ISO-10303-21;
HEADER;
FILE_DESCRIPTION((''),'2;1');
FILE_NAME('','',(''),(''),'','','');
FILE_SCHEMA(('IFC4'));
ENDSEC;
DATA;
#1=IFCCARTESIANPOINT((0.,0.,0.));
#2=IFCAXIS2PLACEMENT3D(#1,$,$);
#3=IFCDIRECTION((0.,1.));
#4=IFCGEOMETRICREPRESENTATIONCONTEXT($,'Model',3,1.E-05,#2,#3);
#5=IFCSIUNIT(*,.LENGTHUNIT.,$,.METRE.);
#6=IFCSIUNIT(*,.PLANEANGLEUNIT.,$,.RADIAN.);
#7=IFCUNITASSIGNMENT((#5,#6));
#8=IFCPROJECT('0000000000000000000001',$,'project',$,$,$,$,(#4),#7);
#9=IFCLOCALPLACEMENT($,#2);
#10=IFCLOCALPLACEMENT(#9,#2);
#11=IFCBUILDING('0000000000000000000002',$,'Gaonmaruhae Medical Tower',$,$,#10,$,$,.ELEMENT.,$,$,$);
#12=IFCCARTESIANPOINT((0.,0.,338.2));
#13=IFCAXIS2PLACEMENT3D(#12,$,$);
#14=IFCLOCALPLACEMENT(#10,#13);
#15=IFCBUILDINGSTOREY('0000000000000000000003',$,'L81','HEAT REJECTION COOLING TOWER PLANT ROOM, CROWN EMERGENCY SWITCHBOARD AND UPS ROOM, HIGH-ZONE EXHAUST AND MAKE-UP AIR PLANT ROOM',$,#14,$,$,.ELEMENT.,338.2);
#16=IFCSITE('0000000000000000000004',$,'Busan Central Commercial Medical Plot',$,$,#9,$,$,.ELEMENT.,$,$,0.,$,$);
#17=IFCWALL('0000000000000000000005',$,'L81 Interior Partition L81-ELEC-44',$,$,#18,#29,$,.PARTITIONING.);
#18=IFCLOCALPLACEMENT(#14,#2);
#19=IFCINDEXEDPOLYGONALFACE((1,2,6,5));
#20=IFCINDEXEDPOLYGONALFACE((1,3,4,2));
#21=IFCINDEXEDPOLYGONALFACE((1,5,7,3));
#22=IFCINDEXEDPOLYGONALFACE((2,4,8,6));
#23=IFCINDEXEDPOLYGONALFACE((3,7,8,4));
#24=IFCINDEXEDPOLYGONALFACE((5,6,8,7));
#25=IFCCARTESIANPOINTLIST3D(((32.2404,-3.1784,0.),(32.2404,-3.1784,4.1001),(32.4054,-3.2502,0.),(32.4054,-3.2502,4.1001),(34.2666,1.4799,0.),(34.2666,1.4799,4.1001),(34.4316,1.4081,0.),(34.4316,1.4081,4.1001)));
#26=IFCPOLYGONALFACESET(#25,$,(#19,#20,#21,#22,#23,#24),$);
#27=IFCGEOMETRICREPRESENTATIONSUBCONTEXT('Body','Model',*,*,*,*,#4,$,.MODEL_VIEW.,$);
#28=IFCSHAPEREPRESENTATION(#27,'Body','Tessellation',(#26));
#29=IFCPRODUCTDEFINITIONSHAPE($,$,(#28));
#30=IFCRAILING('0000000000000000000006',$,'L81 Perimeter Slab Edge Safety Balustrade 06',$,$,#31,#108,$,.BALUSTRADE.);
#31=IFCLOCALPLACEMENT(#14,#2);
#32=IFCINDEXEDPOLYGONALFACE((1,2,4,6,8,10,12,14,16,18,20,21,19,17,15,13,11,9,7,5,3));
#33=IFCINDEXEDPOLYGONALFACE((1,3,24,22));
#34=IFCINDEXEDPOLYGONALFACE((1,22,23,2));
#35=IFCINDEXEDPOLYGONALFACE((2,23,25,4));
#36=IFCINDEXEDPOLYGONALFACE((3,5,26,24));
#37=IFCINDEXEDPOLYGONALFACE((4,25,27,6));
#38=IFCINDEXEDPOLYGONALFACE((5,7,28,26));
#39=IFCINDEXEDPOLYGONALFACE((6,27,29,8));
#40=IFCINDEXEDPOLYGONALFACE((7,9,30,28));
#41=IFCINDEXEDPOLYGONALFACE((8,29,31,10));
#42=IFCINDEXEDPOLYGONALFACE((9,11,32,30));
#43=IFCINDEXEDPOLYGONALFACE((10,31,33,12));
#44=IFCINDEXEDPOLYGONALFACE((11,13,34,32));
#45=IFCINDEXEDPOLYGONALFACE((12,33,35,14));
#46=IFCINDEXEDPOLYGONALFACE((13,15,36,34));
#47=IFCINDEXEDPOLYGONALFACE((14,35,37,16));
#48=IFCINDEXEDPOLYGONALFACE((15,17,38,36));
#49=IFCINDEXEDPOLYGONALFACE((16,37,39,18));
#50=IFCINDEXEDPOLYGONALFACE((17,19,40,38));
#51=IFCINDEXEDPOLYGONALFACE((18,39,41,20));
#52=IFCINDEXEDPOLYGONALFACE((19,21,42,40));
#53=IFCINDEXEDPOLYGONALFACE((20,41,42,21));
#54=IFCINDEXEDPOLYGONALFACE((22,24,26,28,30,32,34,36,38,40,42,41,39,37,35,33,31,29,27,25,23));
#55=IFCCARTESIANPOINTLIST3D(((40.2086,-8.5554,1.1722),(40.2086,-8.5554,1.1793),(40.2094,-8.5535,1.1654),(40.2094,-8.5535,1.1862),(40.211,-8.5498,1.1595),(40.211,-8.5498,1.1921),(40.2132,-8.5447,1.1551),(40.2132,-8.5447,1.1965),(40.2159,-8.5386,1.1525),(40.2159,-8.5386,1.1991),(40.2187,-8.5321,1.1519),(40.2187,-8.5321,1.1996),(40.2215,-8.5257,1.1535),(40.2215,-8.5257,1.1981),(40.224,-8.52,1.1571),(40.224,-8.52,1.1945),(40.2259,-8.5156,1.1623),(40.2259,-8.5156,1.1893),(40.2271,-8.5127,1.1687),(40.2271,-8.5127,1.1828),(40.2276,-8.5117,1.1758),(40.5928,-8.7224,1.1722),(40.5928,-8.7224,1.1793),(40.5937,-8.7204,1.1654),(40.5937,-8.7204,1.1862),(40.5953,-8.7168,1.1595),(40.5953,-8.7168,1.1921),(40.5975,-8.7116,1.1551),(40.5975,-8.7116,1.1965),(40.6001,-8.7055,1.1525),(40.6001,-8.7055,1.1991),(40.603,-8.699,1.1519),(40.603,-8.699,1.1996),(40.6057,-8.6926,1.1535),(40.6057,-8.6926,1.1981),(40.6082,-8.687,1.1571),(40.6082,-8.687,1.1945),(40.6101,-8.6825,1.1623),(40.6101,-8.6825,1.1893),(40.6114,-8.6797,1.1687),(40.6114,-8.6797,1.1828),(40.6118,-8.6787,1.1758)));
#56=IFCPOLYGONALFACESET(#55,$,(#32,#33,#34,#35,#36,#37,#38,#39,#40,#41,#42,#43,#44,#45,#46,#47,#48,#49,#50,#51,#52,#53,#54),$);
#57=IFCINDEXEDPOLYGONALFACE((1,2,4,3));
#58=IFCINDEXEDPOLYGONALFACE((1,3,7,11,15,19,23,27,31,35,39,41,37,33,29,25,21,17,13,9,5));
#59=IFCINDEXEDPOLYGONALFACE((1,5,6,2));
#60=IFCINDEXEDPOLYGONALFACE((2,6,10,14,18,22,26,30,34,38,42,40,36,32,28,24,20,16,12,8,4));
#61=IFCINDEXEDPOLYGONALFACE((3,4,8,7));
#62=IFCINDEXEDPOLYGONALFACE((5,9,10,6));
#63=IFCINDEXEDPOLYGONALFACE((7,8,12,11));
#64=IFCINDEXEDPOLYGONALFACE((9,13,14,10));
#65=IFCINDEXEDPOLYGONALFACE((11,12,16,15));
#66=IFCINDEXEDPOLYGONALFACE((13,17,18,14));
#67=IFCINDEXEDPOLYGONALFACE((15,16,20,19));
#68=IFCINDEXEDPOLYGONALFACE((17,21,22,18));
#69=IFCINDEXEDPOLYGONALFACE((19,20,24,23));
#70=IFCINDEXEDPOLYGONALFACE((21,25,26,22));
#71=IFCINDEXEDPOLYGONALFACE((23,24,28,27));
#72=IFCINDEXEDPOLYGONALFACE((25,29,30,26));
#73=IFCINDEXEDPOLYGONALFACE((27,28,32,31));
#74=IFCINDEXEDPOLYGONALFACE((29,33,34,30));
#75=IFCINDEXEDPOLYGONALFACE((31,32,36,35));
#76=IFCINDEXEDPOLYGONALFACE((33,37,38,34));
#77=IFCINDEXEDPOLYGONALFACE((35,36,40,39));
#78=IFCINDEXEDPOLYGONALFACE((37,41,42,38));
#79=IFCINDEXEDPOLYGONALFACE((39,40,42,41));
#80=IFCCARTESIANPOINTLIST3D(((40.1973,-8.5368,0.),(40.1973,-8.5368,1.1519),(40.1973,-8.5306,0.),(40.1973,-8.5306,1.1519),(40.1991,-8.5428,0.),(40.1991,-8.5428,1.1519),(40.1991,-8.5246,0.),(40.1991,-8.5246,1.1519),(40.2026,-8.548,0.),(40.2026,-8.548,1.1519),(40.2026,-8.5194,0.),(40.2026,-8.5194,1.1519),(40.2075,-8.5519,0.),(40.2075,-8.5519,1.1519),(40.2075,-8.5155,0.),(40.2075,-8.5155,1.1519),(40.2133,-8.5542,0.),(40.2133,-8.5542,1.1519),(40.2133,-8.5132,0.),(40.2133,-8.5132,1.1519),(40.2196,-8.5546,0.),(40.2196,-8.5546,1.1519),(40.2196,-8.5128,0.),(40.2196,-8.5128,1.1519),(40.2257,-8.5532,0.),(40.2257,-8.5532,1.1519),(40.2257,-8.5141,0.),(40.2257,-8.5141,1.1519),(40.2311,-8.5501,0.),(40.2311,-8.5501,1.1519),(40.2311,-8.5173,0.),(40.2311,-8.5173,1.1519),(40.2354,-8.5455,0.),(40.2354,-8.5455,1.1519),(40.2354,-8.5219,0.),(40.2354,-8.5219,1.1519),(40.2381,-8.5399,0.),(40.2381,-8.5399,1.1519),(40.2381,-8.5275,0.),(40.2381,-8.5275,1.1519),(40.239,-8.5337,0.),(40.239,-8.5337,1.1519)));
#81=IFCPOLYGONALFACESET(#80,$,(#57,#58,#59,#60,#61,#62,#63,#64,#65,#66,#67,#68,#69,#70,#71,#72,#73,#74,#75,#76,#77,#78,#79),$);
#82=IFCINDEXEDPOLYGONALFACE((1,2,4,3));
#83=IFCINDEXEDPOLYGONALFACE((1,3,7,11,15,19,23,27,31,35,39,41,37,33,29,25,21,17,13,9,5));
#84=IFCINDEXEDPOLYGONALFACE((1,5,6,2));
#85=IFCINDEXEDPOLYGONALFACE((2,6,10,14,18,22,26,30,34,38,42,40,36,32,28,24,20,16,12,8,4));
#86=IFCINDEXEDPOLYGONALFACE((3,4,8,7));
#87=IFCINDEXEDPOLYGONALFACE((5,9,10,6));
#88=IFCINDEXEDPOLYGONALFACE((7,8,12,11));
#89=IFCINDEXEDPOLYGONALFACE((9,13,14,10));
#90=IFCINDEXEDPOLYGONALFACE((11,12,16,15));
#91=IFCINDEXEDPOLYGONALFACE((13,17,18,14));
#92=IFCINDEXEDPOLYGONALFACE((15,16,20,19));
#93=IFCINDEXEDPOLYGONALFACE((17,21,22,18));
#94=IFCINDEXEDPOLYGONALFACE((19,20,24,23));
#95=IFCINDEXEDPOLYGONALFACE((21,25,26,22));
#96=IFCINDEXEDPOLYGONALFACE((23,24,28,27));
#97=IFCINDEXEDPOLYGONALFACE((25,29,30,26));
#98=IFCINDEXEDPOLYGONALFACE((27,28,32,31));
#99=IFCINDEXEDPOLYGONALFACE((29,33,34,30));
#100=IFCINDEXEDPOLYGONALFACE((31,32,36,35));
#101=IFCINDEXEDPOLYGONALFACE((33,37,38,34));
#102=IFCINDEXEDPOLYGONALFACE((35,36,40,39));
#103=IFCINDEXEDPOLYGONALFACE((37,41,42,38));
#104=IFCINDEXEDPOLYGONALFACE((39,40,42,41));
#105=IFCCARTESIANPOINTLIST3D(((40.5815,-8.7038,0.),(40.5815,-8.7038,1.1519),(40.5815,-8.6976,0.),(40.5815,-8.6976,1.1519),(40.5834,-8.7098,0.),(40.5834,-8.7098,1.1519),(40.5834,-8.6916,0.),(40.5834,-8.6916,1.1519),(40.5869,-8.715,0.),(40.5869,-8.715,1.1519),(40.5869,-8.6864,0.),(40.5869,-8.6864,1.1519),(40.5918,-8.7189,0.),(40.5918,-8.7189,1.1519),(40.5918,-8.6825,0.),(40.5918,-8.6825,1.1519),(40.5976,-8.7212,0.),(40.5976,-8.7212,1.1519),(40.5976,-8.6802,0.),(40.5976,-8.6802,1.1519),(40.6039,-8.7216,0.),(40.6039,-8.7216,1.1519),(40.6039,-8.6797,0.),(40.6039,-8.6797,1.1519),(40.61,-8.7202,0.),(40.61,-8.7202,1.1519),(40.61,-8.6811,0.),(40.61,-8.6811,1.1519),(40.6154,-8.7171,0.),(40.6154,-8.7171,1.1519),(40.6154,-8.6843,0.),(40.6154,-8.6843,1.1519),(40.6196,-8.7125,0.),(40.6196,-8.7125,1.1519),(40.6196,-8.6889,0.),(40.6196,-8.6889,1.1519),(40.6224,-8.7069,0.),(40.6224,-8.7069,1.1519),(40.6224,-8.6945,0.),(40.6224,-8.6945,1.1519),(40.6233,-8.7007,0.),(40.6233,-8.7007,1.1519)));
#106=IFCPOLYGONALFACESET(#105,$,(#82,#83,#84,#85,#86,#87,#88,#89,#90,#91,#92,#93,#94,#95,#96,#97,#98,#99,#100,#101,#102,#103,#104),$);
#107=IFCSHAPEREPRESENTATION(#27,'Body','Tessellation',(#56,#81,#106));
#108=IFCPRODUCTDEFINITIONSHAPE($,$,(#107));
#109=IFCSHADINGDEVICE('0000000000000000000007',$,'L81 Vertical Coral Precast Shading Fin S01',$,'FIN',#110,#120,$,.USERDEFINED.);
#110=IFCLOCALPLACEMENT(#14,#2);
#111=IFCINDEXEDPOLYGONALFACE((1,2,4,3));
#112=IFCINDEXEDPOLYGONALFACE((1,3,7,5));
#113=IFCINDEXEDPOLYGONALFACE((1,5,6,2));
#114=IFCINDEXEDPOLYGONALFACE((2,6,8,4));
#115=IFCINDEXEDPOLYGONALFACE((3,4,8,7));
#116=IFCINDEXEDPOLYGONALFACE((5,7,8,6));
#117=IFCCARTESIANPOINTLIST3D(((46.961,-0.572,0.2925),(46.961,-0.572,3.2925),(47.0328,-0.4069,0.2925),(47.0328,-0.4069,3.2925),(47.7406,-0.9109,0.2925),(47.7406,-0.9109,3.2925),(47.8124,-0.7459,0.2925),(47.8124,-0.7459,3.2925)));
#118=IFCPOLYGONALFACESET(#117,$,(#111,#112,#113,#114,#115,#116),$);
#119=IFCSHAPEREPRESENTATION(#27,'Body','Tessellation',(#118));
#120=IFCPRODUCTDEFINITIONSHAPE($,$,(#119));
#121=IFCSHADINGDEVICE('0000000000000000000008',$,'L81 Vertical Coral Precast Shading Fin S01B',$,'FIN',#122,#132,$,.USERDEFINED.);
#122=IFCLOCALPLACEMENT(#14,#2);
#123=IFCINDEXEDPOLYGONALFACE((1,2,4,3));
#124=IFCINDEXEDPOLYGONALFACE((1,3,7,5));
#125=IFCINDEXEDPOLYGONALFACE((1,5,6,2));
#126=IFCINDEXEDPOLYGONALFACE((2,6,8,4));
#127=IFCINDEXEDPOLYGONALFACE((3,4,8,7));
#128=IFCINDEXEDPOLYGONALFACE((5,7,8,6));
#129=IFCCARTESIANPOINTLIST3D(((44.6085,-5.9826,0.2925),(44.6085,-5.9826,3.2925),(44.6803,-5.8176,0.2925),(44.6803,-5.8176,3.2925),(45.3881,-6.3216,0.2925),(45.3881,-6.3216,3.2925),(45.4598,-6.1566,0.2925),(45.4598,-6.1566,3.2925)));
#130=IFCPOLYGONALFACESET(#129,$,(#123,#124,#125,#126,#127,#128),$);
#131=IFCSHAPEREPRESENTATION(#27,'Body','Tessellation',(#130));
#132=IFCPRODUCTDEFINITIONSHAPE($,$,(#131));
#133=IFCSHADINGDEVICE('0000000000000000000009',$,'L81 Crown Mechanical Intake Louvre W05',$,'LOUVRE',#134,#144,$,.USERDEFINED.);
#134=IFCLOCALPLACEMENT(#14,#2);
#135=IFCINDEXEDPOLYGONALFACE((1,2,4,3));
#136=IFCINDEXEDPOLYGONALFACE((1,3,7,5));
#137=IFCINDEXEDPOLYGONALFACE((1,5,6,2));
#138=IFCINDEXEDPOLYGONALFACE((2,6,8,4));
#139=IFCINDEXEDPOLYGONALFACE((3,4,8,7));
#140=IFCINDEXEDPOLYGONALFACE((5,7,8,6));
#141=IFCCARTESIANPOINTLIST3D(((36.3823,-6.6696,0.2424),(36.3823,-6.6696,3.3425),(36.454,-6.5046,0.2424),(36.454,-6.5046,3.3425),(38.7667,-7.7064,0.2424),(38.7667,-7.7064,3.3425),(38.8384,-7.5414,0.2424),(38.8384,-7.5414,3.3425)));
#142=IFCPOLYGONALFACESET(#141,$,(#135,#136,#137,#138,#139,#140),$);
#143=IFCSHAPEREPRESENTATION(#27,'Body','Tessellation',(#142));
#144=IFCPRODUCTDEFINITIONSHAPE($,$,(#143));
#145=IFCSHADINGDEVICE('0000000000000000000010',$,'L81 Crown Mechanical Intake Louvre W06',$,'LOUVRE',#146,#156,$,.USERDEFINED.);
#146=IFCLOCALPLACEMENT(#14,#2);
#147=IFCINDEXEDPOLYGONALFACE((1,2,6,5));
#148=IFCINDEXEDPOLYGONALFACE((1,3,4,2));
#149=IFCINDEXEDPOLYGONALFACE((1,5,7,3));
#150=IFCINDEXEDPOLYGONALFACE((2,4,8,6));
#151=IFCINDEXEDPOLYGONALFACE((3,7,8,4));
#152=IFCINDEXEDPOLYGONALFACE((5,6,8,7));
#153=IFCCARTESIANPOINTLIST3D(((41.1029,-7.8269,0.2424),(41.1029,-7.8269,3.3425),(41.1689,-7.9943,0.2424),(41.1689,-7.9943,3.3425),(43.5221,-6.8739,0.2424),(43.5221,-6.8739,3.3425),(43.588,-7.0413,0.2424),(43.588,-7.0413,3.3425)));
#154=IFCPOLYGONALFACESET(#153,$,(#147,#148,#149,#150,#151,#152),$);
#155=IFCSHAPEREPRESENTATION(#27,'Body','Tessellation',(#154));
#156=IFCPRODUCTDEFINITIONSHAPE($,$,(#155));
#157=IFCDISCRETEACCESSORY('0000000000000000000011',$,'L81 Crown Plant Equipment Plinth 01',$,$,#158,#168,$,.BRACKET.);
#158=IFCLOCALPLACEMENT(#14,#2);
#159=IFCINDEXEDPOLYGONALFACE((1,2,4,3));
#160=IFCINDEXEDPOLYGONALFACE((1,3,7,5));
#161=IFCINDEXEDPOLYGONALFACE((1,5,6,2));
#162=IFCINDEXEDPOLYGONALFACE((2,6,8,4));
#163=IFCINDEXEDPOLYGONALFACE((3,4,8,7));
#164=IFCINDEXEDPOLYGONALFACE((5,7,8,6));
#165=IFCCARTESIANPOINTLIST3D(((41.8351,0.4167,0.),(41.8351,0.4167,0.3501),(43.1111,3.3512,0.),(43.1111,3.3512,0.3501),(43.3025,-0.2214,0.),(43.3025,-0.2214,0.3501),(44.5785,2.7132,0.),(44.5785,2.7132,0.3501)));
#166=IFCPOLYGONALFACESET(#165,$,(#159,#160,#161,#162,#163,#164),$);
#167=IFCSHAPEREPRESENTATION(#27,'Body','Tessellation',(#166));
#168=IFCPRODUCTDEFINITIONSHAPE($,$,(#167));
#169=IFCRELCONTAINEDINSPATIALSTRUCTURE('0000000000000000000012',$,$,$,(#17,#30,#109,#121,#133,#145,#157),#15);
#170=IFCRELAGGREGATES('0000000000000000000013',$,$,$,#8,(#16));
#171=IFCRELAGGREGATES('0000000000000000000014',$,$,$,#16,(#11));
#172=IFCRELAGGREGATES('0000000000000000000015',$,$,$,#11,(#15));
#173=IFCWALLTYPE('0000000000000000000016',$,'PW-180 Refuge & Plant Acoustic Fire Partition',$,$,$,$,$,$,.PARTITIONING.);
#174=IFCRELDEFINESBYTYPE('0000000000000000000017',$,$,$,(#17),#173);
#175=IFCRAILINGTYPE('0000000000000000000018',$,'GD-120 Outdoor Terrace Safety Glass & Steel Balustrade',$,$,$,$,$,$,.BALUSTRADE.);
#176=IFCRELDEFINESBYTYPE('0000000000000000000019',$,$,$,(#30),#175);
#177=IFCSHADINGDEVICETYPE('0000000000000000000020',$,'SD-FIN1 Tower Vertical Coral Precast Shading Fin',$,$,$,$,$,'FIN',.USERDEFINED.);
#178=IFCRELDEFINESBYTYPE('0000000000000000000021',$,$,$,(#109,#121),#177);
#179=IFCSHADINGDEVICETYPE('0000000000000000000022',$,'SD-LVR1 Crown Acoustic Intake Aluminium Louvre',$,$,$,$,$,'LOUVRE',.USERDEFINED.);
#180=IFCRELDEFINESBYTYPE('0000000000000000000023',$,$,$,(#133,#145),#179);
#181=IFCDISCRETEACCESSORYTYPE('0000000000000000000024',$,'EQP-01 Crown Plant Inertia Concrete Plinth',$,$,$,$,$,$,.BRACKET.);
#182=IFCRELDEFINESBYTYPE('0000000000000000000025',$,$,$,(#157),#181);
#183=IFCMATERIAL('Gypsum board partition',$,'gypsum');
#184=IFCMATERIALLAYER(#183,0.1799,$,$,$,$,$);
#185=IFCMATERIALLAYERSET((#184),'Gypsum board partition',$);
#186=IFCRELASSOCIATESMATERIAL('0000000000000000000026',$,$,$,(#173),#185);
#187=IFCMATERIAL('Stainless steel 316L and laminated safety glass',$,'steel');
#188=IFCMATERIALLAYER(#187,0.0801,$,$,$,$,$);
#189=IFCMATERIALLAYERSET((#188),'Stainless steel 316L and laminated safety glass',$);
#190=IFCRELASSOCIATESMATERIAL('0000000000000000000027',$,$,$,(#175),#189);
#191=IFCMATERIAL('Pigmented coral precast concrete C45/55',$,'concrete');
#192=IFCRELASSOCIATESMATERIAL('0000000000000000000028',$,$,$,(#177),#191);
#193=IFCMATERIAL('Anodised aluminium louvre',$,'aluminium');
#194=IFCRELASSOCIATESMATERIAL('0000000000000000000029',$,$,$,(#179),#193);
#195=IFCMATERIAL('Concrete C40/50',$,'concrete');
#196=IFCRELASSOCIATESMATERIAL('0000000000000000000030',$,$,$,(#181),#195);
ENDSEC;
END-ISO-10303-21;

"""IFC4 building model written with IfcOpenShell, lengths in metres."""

from ifc_helpers import new_model, si_unit, direction, frame, frame_2d, origin, origin_2d, place, context, subcontext, project, spatial, rectangle, circle, extrude, material, layer, layer_set, type_object, element, save


model = new_model("IFC4")

# Units and contexts
model_context = context("Model", 3, precision=1e-05, world=origin(), true_north=direction((0.0, 1.0)))
body_context = subcontext(model_context, "Body", "Model", "MODEL_VIEW")
ifc_project = project(units=[si_unit("LENGTHUNIT", "METRE"), si_unit("PLANEANGLEUNIT", "RADIAN")], contexts=[model_context])

# Site, building, storey
site_placement = place(None, origin())
site = spatial("IfcSite", under=ifc_project, at=site_placement, Name="Busan Central Commercial Medical Plot", CompositionType="ELEMENT", RefElevation=0.0)
building_placement = place(site_placement, origin())
building = spatial("IfcBuilding", under=site, at=building_placement, Name="Gaonmaruhae Medical Tower", CompositionType="ELEMENT")
storey_placement = place(building_placement, frame((0.0, 0.0, 338.2)))
storey = spatial("IfcBuildingStorey", under=building, at=storey_placement, Name="L81", Description="HEAT REJECTION COOLING TOWER PLANT ROOM, CROWN EMERGENCY SWITCHBOARD AND UPS ROOM, HIGH-ZONE EXHAUST AND MAKE-UP AIR PLANT ROOM", CompositionType="ELEMENT", Elevation=338.2)

# Shared definitions
ifc_material_1 = material(Name="Gypsum board partition", Category="gypsum")
ifc_layer_1 = layer(ifc_material_1, 0.1799)
ifc_layer_set_1 = layer_set([ifc_layer_1], Name="Gypsum board partition")
wall_type_1 = type_object("IfcWallType", Name="PW-180 Refuge & Plant Acoustic Fire Partition", PredefinedType="PARTITIONING", material=ifc_layer_set_1)

# Wall
wall_1_placement = place(storey_placement, frame((34.3491, 1.4441, 0.0), z_axis=(0.0, 0.0, 1.0), x_axis=(-0.398861, -0.917011, 0.0)))
element("IfcWall", 1, at=wall_1_placement, inside=storey, type_object=wall_type_1, Name="L81 Interior Partition L81-ELEC-44", PredefinedType="PARTITIONING", context=body_context, shape_type="SweptSolid", body=[
    extrude(rectangle(XDim=5.0798, YDim=0.1799, at=frame_2d((2.54, 0.0))), origin(), (0.0, 0.0, 1.0), 4.1001),
])

# Railing
ifc_material_2 = material(Name="Stainless steel 316L and laminated safety glass", Category="steel")
ifc_layer_2 = layer(ifc_material_2, 0.0801)
ifc_layer_set_2 = layer_set([ifc_layer_2], Name="Stainless steel 316L and laminated safety glass")
railing_type = type_object("IfcRailingType", Name="GD-120 Outdoor Terrace Safety Glass & Steel Balustrade", PredefinedType="BALUSTRADE", material=ifc_layer_set_2)
railing_placement = place(storey_placement, frame((40.218, -8.5337, 0.0)))
element("IfcRailing", 2, at=railing_placement, inside=storey, type_object=railing_type, Name="L81 Perimeter Slab Edge Safety Balustrade 06", PredefinedType="BALUSTRADE", context=body_context, shape_type="SweptSolid", body=[
    extrude(circle(Radius=0.0239, at=origin_2d()), frame((0.0, 0.0, 1.1758), z_axis=(0.917144, -0.398556, 0.0), x_axis=(0.398556, 0.917144, 0.0)), (0.0, 0.0, 1.0), 0.4189),
    extrude(circle(Radius=0.021, at=origin_2d()), origin(), (0.0, 0.0, 1.0), 1.1519),
    extrude(circle(Radius=0.021, at=origin_2d()), frame((0.3843, -0.167, 0.0)), (0.0, 0.0, 1.0), 1.1519),
])

# Shading devices
ifc_material_3 = material(Name="Pigmented coral precast concrete C45/55", Category="concrete")
shading_device_type_1 = type_object("IfcShadingDeviceType", Name="SD-FIN1 Tower Vertical Coral Precast Shading Fin", ElementType="FIN", PredefinedType="USERDEFINED", material=ifc_material_3)
for number, where, z_axis, x_axis, name in (
    (3, (47.3867, -0.6589, 0.2925), (0.0, 0.0, 1.0), (-0.398749, -0.91706, 0.0), "L81 Vertical Coral Precast Shading Fin S01"),
    (4, (45.0342, -6.0696, 0.2925), (0.0, 0.0, 1.0), (-0.398749, -0.91706, 0.0), "L81 Vertical Coral Precast Shading Fin S01B"),
):
    element("IfcShadingDevice", number, at=place(storey_placement, frame(where, z_axis=z_axis, x_axis=x_axis)), inside=storey, type_object=shading_device_type_1, Name=name, ObjectType="FIN", PredefinedType="USERDEFINED", context=body_context, shape_type="SweptSolid", body=[
        extrude(rectangle(XDim=0.1799, YDim=0.8501, at=origin_2d()), origin(), (0.0, 0.0, 1.0), 3.0),
    ])
ifc_material_4 = material(Name="Anodised aluminium louvre", Category="aluminium")
shading_device_type_2 = type_object("IfcShadingDeviceType", Name="SD-LVR1 Crown Acoustic Intake Aluminium Louvre", ElementType="LOUVRE", PredefinedType="USERDEFINED", material=ifc_material_4)
for number, where, z_axis, x_axis, name in (
    (5, (37.6104, -7.1055, 0.2424), (0.0, 0.0, 1.0), (-0.91706, 0.398749, 0.0), "L81 Crown Mechanical Intake Louvre W05"),
    (6, (42.3455, -7.4341, 0.2424), (0.0, 0.0, 1.0), (-0.930411, -0.366517, 0.0), "L81 Crown Mechanical Intake Louvre W06"),
):
    element("IfcShadingDevice", number, at=place(storey_placement, frame(where, z_axis=z_axis, x_axis=x_axis)), inside=storey, type_object=shading_device_type_2, Name=name, ObjectType="LOUVRE", PredefinedType="USERDEFINED", context=body_context, shape_type="SweptSolid", body=[
        extrude(rectangle(XDim=2.6001, YDim=0.1799, at=origin_2d()), origin(), (0.0, 0.0, 1.0), 3.1001),
    ])

# Discrete accessory
ifc_material_5 = material(Name="Concrete C40/50", Category="concrete")
discrete_accessory_type = type_object("IfcDiscreteAccessoryType", Name="EQP-01 Crown Plant Inertia Concrete Plinth", PredefinedType="BRACKET", material=ifc_material_5)
discrete_accessory_placement = place(storey_placement, frame((43.2068, 1.5649, 0.0), z_axis=(0.0, 0.0, 1.0), x_axis=(0.398749, 0.91706, 0.0)))
element("IfcDiscreteAccessory", 7, at=discrete_accessory_placement, inside=storey, type_object=discrete_accessory_type, Name="L81 Crown Plant Equipment Plinth 01", PredefinedType="BRACKET", context=body_context, shape_type="SweptSolid", body=[
    extrude(rectangle(XDim=3.2, YDim=1.6001, at=origin_2d()), origin(), (0.0, 0.0, 1.0), 0.3501),
])

save(model, "model.ifc")
